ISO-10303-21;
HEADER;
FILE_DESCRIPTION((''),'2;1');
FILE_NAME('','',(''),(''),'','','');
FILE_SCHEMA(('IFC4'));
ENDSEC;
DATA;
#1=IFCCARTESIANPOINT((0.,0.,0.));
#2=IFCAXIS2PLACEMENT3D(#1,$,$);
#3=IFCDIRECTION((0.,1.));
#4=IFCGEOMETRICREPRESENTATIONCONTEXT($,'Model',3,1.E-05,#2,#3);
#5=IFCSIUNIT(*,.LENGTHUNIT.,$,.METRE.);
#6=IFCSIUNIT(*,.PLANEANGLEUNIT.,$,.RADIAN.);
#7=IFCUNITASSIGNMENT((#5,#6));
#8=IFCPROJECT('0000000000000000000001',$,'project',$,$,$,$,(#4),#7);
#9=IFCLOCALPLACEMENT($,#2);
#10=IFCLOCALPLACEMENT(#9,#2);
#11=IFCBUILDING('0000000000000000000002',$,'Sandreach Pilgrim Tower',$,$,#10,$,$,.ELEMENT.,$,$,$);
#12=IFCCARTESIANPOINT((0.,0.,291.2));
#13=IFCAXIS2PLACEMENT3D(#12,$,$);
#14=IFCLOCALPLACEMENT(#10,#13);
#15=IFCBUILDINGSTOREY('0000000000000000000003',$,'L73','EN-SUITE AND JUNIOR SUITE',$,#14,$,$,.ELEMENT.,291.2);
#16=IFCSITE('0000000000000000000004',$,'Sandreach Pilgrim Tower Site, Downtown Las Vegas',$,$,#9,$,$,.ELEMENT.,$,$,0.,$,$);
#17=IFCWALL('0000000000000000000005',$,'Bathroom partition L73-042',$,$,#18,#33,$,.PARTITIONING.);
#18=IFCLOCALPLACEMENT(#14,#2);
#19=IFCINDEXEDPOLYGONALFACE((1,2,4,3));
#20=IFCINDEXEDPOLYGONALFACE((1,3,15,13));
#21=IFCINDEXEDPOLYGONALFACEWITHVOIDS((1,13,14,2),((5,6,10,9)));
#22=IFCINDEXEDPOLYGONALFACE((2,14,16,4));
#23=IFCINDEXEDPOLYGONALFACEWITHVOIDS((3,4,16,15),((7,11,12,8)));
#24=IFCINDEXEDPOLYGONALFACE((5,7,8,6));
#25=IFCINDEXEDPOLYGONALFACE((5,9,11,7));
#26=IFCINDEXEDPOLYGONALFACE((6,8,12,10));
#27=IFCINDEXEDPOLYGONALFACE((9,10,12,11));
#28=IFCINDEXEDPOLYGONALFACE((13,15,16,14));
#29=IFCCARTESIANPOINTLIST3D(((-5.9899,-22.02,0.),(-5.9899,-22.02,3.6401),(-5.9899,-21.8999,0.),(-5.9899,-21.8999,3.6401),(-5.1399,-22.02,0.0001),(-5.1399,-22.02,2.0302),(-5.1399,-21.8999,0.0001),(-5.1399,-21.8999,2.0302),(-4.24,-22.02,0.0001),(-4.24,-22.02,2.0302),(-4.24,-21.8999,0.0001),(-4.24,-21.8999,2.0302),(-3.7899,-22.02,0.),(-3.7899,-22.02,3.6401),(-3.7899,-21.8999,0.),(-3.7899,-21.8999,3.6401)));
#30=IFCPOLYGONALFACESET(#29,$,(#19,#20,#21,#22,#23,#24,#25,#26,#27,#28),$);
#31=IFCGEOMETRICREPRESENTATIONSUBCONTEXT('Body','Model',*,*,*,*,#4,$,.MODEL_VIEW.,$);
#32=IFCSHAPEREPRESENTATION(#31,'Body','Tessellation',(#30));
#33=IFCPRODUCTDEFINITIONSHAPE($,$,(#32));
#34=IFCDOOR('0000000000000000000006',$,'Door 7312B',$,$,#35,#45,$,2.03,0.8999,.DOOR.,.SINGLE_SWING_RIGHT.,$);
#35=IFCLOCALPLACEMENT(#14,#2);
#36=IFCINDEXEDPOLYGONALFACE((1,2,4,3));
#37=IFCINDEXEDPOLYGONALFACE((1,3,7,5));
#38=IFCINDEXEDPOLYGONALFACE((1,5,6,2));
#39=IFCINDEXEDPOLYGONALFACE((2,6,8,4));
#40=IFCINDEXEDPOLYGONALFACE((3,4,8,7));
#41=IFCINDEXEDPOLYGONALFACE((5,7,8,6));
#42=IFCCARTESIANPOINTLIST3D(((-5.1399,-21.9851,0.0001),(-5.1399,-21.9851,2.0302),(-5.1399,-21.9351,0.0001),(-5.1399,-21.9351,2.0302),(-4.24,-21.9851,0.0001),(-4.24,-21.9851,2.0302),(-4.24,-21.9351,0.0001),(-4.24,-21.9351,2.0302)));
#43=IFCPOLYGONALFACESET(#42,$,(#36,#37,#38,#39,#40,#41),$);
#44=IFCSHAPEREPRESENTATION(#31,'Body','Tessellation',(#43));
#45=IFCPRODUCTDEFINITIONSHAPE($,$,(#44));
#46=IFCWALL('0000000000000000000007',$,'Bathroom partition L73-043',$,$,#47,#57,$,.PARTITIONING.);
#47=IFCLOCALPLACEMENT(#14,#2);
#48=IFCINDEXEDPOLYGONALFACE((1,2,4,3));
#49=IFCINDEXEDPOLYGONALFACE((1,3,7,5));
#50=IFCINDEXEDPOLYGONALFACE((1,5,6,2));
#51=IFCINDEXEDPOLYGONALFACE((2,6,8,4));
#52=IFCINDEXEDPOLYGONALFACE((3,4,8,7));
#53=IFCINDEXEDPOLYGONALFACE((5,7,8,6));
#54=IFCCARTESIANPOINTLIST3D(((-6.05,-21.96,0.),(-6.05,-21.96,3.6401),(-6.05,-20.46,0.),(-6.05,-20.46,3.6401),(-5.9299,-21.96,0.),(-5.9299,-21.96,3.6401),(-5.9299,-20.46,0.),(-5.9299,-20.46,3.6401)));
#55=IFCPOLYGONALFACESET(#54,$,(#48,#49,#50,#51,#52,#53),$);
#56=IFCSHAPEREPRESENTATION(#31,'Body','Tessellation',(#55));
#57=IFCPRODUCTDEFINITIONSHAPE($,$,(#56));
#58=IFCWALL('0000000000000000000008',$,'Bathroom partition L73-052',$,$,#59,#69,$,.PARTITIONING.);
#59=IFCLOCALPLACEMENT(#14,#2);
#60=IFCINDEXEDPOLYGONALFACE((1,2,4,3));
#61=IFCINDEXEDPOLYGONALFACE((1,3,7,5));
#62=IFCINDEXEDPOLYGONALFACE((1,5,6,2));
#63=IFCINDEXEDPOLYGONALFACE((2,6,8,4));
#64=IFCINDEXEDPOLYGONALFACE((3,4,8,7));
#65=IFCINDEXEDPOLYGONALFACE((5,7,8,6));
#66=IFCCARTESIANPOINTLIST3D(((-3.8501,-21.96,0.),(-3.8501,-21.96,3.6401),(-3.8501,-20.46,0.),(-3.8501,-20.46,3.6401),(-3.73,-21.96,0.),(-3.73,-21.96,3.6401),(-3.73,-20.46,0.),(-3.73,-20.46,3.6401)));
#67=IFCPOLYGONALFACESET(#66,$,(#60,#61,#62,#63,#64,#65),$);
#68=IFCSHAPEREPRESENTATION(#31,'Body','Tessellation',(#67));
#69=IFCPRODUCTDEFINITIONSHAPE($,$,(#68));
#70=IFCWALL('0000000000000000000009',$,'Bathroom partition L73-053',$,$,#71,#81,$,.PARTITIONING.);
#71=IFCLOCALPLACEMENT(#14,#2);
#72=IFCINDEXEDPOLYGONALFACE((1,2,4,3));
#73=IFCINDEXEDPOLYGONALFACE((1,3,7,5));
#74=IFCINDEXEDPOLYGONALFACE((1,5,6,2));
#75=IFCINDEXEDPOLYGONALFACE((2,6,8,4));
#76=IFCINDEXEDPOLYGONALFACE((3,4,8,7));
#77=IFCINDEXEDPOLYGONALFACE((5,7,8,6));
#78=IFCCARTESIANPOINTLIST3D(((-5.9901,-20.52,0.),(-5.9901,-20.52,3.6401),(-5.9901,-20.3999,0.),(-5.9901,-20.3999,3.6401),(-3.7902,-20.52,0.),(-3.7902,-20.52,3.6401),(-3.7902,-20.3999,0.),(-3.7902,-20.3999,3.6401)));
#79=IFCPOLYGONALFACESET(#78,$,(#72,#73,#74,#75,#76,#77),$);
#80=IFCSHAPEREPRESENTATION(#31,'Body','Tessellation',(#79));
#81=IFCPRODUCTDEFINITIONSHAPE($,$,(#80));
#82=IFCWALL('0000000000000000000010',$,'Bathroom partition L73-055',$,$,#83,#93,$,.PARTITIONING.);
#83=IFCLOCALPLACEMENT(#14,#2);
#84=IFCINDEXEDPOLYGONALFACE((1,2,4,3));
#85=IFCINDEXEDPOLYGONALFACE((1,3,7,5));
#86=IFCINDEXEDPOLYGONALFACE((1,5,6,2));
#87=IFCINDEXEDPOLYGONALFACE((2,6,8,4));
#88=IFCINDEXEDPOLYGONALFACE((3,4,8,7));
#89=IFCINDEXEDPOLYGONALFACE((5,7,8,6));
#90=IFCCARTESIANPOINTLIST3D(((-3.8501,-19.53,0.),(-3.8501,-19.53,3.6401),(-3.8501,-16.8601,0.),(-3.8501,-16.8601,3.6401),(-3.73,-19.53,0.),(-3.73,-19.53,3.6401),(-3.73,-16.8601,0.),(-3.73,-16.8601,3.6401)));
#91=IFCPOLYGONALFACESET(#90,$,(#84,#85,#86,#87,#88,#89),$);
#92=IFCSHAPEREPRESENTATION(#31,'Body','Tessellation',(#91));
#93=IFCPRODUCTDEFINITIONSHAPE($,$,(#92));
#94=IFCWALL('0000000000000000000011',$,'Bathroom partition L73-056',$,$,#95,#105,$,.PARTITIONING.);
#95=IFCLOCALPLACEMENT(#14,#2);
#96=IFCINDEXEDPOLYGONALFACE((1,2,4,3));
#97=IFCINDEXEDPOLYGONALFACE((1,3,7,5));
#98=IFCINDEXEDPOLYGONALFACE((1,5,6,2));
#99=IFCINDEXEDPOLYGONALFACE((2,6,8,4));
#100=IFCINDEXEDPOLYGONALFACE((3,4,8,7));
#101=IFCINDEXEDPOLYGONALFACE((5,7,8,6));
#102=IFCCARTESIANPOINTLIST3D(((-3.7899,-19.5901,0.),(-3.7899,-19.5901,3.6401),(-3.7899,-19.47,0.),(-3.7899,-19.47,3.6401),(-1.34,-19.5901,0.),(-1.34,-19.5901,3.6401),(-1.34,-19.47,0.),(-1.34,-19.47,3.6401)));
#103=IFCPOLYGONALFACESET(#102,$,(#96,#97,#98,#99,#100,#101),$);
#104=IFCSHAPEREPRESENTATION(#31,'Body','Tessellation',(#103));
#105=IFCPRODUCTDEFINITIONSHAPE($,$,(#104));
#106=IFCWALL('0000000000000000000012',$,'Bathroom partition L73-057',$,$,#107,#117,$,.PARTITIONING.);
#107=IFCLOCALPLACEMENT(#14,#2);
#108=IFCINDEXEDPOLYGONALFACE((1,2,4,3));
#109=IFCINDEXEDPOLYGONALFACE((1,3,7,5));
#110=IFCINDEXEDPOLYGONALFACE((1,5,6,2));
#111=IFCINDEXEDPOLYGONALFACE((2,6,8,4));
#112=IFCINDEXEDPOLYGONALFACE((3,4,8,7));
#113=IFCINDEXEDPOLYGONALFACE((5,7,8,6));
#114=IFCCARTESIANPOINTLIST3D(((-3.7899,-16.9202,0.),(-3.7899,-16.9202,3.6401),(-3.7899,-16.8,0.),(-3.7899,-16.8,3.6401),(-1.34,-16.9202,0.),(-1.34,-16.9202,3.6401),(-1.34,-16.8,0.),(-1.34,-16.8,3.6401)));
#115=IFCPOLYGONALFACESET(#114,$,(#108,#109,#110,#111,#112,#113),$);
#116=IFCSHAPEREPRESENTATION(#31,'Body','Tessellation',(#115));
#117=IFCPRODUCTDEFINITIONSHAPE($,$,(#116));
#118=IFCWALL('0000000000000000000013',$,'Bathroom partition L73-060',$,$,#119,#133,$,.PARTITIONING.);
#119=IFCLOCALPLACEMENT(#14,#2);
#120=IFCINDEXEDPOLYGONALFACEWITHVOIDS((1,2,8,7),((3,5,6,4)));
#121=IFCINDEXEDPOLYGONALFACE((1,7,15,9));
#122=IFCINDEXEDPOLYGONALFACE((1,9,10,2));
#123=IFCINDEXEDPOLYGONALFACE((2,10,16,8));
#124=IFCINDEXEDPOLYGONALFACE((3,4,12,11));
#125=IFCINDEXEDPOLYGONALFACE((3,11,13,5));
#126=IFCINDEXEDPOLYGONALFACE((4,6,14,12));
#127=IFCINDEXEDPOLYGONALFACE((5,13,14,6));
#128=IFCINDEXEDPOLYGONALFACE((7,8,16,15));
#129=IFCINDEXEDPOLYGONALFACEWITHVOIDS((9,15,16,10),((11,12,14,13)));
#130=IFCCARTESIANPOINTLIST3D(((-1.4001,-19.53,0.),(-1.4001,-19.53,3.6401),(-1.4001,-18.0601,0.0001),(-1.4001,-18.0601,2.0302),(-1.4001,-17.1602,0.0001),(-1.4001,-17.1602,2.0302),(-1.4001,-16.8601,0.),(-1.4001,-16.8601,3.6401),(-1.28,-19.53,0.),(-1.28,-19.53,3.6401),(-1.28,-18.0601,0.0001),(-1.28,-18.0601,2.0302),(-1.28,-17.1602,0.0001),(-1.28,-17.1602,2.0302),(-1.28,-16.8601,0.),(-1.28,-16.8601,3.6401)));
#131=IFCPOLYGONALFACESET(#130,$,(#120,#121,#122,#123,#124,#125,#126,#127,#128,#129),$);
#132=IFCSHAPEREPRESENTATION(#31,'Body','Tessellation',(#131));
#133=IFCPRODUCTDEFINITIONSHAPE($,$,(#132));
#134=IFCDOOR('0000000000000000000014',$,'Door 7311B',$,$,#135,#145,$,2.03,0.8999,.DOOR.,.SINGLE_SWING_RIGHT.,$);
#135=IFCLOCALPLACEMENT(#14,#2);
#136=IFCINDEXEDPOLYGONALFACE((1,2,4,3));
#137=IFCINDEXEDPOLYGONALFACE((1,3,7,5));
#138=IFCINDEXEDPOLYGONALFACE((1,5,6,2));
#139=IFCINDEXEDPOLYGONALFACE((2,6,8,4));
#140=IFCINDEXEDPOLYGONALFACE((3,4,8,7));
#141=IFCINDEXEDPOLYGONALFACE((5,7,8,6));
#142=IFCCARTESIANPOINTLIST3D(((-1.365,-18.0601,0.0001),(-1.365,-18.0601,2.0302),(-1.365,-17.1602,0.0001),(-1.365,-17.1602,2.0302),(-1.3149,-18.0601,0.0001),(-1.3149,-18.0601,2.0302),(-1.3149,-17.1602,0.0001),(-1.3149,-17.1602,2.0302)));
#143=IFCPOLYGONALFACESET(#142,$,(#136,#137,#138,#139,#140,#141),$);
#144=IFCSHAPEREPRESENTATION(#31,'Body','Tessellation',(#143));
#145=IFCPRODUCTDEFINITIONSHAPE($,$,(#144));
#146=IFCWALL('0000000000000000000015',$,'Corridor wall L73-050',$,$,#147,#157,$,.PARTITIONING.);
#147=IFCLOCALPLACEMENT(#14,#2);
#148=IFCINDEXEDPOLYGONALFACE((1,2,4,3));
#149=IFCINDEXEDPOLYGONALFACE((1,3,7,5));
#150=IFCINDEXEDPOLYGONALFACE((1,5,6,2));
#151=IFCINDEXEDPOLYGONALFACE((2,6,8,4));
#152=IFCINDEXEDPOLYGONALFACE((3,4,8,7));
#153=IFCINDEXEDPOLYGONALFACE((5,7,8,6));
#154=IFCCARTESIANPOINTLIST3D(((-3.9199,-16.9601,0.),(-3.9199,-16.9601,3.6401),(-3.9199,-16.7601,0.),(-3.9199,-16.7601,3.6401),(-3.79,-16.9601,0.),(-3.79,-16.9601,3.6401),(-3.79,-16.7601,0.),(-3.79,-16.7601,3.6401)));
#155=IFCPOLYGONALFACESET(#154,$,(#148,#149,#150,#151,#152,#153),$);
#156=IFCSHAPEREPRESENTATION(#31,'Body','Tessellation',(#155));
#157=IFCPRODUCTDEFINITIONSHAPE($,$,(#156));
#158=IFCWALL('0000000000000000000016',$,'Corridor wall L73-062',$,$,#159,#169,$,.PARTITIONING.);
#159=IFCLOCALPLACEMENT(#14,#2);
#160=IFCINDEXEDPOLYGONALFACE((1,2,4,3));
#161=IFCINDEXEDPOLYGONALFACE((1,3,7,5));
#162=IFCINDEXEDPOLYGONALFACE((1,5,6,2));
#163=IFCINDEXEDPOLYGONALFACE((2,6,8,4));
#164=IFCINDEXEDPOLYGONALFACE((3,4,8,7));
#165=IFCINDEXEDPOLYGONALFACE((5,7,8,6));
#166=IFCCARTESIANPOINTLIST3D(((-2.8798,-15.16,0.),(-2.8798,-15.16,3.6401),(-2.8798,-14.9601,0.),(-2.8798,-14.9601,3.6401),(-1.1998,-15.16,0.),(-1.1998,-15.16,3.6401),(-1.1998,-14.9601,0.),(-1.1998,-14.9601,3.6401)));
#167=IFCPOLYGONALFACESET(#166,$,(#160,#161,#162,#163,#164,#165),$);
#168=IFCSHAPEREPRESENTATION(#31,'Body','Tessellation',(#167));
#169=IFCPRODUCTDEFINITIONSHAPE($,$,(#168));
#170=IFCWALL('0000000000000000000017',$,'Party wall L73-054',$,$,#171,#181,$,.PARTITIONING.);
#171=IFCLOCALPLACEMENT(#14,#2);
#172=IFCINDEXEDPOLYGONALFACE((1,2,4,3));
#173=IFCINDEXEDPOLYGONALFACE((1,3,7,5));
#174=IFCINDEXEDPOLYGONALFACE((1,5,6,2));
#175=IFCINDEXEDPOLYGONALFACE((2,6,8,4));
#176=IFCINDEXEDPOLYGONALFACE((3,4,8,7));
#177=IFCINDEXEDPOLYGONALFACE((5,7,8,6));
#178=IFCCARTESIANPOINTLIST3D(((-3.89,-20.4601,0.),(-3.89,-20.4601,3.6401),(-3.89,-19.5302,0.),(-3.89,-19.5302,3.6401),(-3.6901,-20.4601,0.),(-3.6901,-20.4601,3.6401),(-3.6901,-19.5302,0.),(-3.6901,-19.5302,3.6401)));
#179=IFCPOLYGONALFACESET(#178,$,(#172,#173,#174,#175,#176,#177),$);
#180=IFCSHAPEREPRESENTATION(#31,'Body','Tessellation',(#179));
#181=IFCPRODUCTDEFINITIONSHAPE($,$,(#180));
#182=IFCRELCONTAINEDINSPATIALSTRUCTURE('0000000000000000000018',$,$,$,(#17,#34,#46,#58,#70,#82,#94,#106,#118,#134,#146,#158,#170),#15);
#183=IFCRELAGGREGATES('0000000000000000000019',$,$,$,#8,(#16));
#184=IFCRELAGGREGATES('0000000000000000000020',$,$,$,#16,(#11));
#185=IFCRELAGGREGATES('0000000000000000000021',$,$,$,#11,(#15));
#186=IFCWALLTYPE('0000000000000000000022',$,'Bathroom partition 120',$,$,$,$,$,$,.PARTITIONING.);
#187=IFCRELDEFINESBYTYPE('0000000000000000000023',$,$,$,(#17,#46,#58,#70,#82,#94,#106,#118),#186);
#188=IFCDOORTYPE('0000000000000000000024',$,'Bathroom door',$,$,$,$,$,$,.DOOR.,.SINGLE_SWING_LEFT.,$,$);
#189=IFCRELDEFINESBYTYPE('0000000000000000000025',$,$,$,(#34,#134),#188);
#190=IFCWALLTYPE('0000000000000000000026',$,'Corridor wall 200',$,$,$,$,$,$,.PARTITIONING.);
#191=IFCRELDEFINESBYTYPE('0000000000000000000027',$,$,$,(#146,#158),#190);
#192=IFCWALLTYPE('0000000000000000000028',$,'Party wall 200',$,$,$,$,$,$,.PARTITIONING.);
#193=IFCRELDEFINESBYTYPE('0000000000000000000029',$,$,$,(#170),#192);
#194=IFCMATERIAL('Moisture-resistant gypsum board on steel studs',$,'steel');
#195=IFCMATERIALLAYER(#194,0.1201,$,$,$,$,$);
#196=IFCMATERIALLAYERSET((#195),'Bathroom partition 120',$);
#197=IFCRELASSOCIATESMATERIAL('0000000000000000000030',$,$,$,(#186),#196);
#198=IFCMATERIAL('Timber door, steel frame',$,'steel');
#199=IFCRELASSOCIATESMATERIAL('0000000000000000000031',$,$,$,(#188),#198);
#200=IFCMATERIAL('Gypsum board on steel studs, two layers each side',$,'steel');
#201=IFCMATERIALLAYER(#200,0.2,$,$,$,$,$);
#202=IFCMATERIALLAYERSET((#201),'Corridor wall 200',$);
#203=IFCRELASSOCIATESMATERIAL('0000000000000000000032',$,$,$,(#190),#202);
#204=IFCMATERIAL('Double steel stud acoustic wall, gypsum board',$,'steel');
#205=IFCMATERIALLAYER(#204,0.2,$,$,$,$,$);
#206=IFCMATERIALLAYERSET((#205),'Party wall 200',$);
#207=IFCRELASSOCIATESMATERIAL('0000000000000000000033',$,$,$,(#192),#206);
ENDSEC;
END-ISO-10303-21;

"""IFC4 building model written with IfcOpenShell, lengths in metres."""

from ifc_helpers import new_model, si_unit, direction, frame, frame_2d, origin, place, context, subcontext, project, spatial, rectangle, extrude, material, layer, layer_set, type_object, element, fill, save


model = new_model("IFC4")

# Units and contexts
model_context = context("Model", 3, precision=1e-05, world=origin(), true_north=direction((0.0, 1.0)))
body_context = subcontext(model_context, "Body", "Model", "MODEL_VIEW")
ifc_project = project(units=[si_unit("LENGTHUNIT", "METRE"), si_unit("PLANEANGLEUNIT", "RADIAN")], contexts=[model_context])

# Site, building, storey
site_placement = place(None, origin())
site = spatial("IfcSite", under=ifc_project, at=site_placement, Name="Sandreach Pilgrim Tower Site, Downtown Las Vegas", CompositionType="ELEMENT", RefElevation=0.0)
building_placement = place(site_placement, origin())
building = spatial("IfcBuilding", under=site, at=building_placement, Name="Sandreach Pilgrim Tower", CompositionType="ELEMENT")
storey_placement = place(building_placement, frame((0.0, 0.0, 291.2)))
storey = spatial("IfcBuildingStorey", under=building, at=storey_placement, Name="L73", Description="EN-SUITE AND JUNIOR SUITE", CompositionType="ELEMENT", Elevation=291.2)

# Wall, opening, door
ifc_material_1 = material(Name="Moisture-resistant gypsum board on steel studs", Category="steel")
ifc_layer_1 = layer(ifc_material_1, 0.1201)
ifc_layer_set_1 = layer_set([ifc_layer_1], Name="Bathroom partition 120")
wall_type_1 = type_object("IfcWallType", Name="Bathroom partition 120", PredefinedType="PARTITIONING", material=ifc_layer_set_1)
wall_1_placement = place(storey_placement, frame((-5.99, -21.96, 0.0), z_axis=(0.0, 0.0, 1.0), x_axis=(1.0, 0.0, 0.0)))
wall_1 = element("IfcWall", 1, at=wall_1_placement, inside=storey, type_object=wall_type_1, Name="Bathroom partition L73-042", PredefinedType="PARTITIONING", context=body_context, shape_type="SweptSolid", body=[
    extrude(rectangle(XDim=2.2, YDim=0.1201, at=frame_2d((1.1001, 0.0))), origin(), (0.0, 0.0, 1.0), 3.6401),
])
opening_1_placement = place(wall_1_placement, frame((0.8501, 0.0, 0.0)))
opening_1 = element("IfcOpeningElement", 2, at=opening_1_placement, cuts=wall_1, PredefinedType="OPENING", context=body_context, shape_type="SweptSolid", body=[
    extrude(rectangle(XDim=0.8999, YDim=2.03, at=frame_2d((0.45, 1.0151))), frame((0.0, 0.0601, 0.0), z_axis=(0.0, -1.0, 0.0), x_axis=(1.0, 0.0, 0.0)), (0.0, 0.0, 1.0), 0.1201),
])
ifc_material_2 = material(Name="Timber door, steel frame", Category="steel")
door_type_1 = type_object("IfcDoorType", Name="Bathroom door", OperationType="SINGLE_SWING_LEFT", PredefinedType="DOOR", material=ifc_material_2)
door_1_placement = place(opening_1_placement, origin())
door_1 = element("IfcDoor", 3, at=door_1_placement, inside=storey, type_object=door_type_1, Name="Door 7312B", OperationType="SINGLE_SWING_RIGHT", OverallHeight=2.03, OverallWidth=0.8999, PredefinedType="DOOR", context=body_context, shape_type="SweptSolid", body=[
    extrude(rectangle(XDim=0.8999, YDim=2.03, at=frame_2d((0.45, 1.0151))), frame((0.0, 0.0249, 0.0), z_axis=(0.0, -1.0, 0.0), x_axis=(1.0, 0.0, 0.0)), (0.0, 0.0, 1.0), 0.05),
])
fill(opening_1, door_1)

# Walls
for number, where, z_axis, x_axis, name in (
    (4, (-5.99, -20.46, 0.0), (0.0, 0.0, 1.0), (0.0, -1.0, 0.0), "Bathroom partition L73-043"),
    (5, (-3.79, -21.96, 0.0), (0.0, 0.0, 1.0), (0.0, 1.0, 0.0), "Bathroom partition L73-052"),
):
    element("IfcWall", number, at=place(storey_placement, frame(where, z_axis=z_axis, x_axis=x_axis)), inside=storey, type_object=wall_type_1, Name=name, PredefinedType="PARTITIONING", context=body_context, shape_type="SweptSolid", body=[
        extrude(rectangle(XDim=1.5, YDim=0.1201, at=frame_2d((0.75, 0.0))), origin(), (0.0, 0.0, 1.0), 3.6401),
    ])
wall_2_placement = place(storey_placement, frame((-3.79, -20.46, 0.0), z_axis=(0.0, 0.0, 1.0), x_axis=(-1.0, 0.0, 0.0)))
element("IfcWall", 6, at=wall_2_placement, inside=storey, type_object=wall_type_1, Name="Bathroom partition L73-053", PredefinedType="PARTITIONING", context=body_context, shape_type="SweptSolid", body=[
    extrude(rectangle(XDim=2.2, YDim=0.1201, at=frame_2d((1.1001, 0.0))), origin(), (0.0, 0.0, 1.0), 3.6401),
])
wall_3_placement = place(storey_placement, frame((-3.79, -19.53, 0.0), z_axis=(0.0, 0.0, 1.0), x_axis=(0.0, 1.0, 0.0)))
element("IfcWall", 7, at=wall_3_placement, inside=storey, type_object=wall_type_1, Name="Bathroom partition L73-055", PredefinedType="PARTITIONING", context=body_context, shape_type="SweptSolid", body=[
    extrude(rectangle(XDim=2.6699, YDim=0.1201, at=frame_2d((1.335, 0.0))), origin(), (0.0, 0.0, 1.0), 3.6401),
])
for number, where, z_axis, x_axis, name in (
    (8, (-3.79, -19.53, 0.0), (0.0, 0.0, 1.0), (1.0, 0.0, 0.0), "Bathroom partition L73-056"),
    (9, (-3.79, -16.8601, 0.0), (0.0, 0.0, 1.0), (1.0, 0.0, 0.0), "Bathroom partition L73-057"),
):
    element("IfcWall", number, at=place(storey_placement, frame(where, z_axis=z_axis, x_axis=x_axis)), inside=storey, type_object=wall_type_1, Name=name, PredefinedType="PARTITIONING", context=body_context, shape_type="SweptSolid", body=[
        extrude(rectangle(XDim=2.45, YDim=0.1201, at=frame_2d((1.2251, 0.0))), origin(), (0.0, 0.0, 1.0), 3.6401),
    ])

# Wall, opening, door
wall_4_placement = place(storey_placement, frame((-1.3401, -19.53, 0.0), z_axis=(0.0, 0.0, 1.0), x_axis=(0.0, 1.0, 0.0)))
wall_4 = element("IfcWall", 10, at=wall_4_placement, inside=storey, type_object=wall_type_1, Name="Bathroom partition L73-060", PredefinedType="PARTITIONING", context=body_context, shape_type="SweptSolid", body=[
    extrude(rectangle(XDim=2.6699, YDim=0.1201, at=frame_2d((1.335, 0.0))), origin(), (0.0, 0.0, 1.0), 3.6401),
])
opening_2_placement = place(wall_4_placement, frame((1.47, 0.0, 0.0)))
opening_2 = element("IfcOpeningElement", 11, at=opening_2_placement, cuts=wall_4, PredefinedType="OPENING", context=body_context, shape_type="SweptSolid", body=[
    extrude(rectangle(XDim=0.8999, YDim=2.03, at=frame_2d((0.45, 1.0151))), frame((0.0, 0.0601, 0.0), z_axis=(0.0, -1.0, 0.0), x_axis=(1.0, 0.0, 0.0)), (0.0, 0.0, 1.0), 0.1201),
])
door_2_placement = place(opening_2_placement, origin())
door_2 = element("IfcDoor", 12, at=door_2_placement, inside=storey, type_object=door_type_1, Name="Door 7311B", OperationType="SINGLE_SWING_RIGHT", OverallHeight=2.03, OverallWidth=0.8999, PredefinedType="DOOR", context=body_context, shape_type="SweptSolid", body=[
    extrude(rectangle(XDim=0.8999, YDim=2.03, at=frame_2d((0.45, 1.0151))), frame((0.0, 0.0249, 0.0), z_axis=(0.0, -1.0, 0.0), x_axis=(1.0, 0.0, 0.0)), (0.0, 0.0, 1.0), 0.05),
])
fill(opening_2, door_2)
ifc_material_3 = material(Name="Gypsum board on steel studs, two layers each side", Category="steel")
ifc_layer_2 = layer(ifc_material_3, 0.2)
ifc_layer_set_2 = layer_set([ifc_layer_2], Name="Corridor wall 200")
wall_type_2 = type_object("IfcWallType", Name="Corridor wall 200", PredefinedType="PARTITIONING", material=ifc_layer_set_2)

# Wall
wall_5_placement = place(storey_placement, frame((-3.9199, -16.8601, 0.0), z_axis=(0.0, 0.0, 1.0), x_axis=(1.0, 0.0, 0.0)))
element("IfcWall", 13, at=wall_5_placement, inside=storey, type_object=wall_type_2, Name="Corridor wall L73-050", PredefinedType="PARTITIONING", context=body_context, shape_type="SweptSolid", body=[
    extrude(rectangle(XDim=0.1299, YDim=0.2, at=frame_2d((0.0649, 0.0))), origin(), (0.0, 0.0, 1.0), 3.6401),
])

# Walls
wall_6_placement = place(storey_placement, frame((-1.2, -15.0601, 0.0), z_axis=(0.0, 0.0, 1.0), x_axis=(-1.0, 0.0, 0.0)))
element("IfcWall", 14, at=wall_6_placement, inside=storey, type_object=wall_type_2, Name="Corridor wall L73-062", PredefinedType="PARTITIONING", context=body_context, shape_type="SweptSolid", body=[
    extrude(rectangle(XDim=1.6799, YDim=0.2, at=frame_2d((0.8398, 0.0))), origin(), (0.0, 0.0, 1.0), 3.6401),
])
ifc_material_4 = material(Name="Double steel stud acoustic wall, gypsum board", Category="steel")
ifc_layer_3 = layer(ifc_material_4, 0.2)
ifc_layer_set_3 = layer_set([ifc_layer_3], Name="Party wall 200")
wall_type_3 = type_object("IfcWallType", Name="Party wall 200", PredefinedType="PARTITIONING", material=ifc_layer_set_3)
wall_7_placement = place(storey_placement, frame((-3.79, -20.46, 0.0), z_axis=(0.0, 0.0, 1.0), x_axis=(0.0, 1.0, 0.0)))
element("IfcWall", 15, at=wall_7_placement, inside=storey, type_object=wall_type_3, Name="Party wall L73-054", PredefinedType="PARTITIONING", context=body_context, shape_type="SweptSolid", body=[
    extrude(rectangle(XDim=0.9299, YDim=0.2, at=frame_2d((0.4648, 0.0))), origin(), (0.0, 0.0, 1.0), 3.6401),
])

save(model, "model.ifc")
